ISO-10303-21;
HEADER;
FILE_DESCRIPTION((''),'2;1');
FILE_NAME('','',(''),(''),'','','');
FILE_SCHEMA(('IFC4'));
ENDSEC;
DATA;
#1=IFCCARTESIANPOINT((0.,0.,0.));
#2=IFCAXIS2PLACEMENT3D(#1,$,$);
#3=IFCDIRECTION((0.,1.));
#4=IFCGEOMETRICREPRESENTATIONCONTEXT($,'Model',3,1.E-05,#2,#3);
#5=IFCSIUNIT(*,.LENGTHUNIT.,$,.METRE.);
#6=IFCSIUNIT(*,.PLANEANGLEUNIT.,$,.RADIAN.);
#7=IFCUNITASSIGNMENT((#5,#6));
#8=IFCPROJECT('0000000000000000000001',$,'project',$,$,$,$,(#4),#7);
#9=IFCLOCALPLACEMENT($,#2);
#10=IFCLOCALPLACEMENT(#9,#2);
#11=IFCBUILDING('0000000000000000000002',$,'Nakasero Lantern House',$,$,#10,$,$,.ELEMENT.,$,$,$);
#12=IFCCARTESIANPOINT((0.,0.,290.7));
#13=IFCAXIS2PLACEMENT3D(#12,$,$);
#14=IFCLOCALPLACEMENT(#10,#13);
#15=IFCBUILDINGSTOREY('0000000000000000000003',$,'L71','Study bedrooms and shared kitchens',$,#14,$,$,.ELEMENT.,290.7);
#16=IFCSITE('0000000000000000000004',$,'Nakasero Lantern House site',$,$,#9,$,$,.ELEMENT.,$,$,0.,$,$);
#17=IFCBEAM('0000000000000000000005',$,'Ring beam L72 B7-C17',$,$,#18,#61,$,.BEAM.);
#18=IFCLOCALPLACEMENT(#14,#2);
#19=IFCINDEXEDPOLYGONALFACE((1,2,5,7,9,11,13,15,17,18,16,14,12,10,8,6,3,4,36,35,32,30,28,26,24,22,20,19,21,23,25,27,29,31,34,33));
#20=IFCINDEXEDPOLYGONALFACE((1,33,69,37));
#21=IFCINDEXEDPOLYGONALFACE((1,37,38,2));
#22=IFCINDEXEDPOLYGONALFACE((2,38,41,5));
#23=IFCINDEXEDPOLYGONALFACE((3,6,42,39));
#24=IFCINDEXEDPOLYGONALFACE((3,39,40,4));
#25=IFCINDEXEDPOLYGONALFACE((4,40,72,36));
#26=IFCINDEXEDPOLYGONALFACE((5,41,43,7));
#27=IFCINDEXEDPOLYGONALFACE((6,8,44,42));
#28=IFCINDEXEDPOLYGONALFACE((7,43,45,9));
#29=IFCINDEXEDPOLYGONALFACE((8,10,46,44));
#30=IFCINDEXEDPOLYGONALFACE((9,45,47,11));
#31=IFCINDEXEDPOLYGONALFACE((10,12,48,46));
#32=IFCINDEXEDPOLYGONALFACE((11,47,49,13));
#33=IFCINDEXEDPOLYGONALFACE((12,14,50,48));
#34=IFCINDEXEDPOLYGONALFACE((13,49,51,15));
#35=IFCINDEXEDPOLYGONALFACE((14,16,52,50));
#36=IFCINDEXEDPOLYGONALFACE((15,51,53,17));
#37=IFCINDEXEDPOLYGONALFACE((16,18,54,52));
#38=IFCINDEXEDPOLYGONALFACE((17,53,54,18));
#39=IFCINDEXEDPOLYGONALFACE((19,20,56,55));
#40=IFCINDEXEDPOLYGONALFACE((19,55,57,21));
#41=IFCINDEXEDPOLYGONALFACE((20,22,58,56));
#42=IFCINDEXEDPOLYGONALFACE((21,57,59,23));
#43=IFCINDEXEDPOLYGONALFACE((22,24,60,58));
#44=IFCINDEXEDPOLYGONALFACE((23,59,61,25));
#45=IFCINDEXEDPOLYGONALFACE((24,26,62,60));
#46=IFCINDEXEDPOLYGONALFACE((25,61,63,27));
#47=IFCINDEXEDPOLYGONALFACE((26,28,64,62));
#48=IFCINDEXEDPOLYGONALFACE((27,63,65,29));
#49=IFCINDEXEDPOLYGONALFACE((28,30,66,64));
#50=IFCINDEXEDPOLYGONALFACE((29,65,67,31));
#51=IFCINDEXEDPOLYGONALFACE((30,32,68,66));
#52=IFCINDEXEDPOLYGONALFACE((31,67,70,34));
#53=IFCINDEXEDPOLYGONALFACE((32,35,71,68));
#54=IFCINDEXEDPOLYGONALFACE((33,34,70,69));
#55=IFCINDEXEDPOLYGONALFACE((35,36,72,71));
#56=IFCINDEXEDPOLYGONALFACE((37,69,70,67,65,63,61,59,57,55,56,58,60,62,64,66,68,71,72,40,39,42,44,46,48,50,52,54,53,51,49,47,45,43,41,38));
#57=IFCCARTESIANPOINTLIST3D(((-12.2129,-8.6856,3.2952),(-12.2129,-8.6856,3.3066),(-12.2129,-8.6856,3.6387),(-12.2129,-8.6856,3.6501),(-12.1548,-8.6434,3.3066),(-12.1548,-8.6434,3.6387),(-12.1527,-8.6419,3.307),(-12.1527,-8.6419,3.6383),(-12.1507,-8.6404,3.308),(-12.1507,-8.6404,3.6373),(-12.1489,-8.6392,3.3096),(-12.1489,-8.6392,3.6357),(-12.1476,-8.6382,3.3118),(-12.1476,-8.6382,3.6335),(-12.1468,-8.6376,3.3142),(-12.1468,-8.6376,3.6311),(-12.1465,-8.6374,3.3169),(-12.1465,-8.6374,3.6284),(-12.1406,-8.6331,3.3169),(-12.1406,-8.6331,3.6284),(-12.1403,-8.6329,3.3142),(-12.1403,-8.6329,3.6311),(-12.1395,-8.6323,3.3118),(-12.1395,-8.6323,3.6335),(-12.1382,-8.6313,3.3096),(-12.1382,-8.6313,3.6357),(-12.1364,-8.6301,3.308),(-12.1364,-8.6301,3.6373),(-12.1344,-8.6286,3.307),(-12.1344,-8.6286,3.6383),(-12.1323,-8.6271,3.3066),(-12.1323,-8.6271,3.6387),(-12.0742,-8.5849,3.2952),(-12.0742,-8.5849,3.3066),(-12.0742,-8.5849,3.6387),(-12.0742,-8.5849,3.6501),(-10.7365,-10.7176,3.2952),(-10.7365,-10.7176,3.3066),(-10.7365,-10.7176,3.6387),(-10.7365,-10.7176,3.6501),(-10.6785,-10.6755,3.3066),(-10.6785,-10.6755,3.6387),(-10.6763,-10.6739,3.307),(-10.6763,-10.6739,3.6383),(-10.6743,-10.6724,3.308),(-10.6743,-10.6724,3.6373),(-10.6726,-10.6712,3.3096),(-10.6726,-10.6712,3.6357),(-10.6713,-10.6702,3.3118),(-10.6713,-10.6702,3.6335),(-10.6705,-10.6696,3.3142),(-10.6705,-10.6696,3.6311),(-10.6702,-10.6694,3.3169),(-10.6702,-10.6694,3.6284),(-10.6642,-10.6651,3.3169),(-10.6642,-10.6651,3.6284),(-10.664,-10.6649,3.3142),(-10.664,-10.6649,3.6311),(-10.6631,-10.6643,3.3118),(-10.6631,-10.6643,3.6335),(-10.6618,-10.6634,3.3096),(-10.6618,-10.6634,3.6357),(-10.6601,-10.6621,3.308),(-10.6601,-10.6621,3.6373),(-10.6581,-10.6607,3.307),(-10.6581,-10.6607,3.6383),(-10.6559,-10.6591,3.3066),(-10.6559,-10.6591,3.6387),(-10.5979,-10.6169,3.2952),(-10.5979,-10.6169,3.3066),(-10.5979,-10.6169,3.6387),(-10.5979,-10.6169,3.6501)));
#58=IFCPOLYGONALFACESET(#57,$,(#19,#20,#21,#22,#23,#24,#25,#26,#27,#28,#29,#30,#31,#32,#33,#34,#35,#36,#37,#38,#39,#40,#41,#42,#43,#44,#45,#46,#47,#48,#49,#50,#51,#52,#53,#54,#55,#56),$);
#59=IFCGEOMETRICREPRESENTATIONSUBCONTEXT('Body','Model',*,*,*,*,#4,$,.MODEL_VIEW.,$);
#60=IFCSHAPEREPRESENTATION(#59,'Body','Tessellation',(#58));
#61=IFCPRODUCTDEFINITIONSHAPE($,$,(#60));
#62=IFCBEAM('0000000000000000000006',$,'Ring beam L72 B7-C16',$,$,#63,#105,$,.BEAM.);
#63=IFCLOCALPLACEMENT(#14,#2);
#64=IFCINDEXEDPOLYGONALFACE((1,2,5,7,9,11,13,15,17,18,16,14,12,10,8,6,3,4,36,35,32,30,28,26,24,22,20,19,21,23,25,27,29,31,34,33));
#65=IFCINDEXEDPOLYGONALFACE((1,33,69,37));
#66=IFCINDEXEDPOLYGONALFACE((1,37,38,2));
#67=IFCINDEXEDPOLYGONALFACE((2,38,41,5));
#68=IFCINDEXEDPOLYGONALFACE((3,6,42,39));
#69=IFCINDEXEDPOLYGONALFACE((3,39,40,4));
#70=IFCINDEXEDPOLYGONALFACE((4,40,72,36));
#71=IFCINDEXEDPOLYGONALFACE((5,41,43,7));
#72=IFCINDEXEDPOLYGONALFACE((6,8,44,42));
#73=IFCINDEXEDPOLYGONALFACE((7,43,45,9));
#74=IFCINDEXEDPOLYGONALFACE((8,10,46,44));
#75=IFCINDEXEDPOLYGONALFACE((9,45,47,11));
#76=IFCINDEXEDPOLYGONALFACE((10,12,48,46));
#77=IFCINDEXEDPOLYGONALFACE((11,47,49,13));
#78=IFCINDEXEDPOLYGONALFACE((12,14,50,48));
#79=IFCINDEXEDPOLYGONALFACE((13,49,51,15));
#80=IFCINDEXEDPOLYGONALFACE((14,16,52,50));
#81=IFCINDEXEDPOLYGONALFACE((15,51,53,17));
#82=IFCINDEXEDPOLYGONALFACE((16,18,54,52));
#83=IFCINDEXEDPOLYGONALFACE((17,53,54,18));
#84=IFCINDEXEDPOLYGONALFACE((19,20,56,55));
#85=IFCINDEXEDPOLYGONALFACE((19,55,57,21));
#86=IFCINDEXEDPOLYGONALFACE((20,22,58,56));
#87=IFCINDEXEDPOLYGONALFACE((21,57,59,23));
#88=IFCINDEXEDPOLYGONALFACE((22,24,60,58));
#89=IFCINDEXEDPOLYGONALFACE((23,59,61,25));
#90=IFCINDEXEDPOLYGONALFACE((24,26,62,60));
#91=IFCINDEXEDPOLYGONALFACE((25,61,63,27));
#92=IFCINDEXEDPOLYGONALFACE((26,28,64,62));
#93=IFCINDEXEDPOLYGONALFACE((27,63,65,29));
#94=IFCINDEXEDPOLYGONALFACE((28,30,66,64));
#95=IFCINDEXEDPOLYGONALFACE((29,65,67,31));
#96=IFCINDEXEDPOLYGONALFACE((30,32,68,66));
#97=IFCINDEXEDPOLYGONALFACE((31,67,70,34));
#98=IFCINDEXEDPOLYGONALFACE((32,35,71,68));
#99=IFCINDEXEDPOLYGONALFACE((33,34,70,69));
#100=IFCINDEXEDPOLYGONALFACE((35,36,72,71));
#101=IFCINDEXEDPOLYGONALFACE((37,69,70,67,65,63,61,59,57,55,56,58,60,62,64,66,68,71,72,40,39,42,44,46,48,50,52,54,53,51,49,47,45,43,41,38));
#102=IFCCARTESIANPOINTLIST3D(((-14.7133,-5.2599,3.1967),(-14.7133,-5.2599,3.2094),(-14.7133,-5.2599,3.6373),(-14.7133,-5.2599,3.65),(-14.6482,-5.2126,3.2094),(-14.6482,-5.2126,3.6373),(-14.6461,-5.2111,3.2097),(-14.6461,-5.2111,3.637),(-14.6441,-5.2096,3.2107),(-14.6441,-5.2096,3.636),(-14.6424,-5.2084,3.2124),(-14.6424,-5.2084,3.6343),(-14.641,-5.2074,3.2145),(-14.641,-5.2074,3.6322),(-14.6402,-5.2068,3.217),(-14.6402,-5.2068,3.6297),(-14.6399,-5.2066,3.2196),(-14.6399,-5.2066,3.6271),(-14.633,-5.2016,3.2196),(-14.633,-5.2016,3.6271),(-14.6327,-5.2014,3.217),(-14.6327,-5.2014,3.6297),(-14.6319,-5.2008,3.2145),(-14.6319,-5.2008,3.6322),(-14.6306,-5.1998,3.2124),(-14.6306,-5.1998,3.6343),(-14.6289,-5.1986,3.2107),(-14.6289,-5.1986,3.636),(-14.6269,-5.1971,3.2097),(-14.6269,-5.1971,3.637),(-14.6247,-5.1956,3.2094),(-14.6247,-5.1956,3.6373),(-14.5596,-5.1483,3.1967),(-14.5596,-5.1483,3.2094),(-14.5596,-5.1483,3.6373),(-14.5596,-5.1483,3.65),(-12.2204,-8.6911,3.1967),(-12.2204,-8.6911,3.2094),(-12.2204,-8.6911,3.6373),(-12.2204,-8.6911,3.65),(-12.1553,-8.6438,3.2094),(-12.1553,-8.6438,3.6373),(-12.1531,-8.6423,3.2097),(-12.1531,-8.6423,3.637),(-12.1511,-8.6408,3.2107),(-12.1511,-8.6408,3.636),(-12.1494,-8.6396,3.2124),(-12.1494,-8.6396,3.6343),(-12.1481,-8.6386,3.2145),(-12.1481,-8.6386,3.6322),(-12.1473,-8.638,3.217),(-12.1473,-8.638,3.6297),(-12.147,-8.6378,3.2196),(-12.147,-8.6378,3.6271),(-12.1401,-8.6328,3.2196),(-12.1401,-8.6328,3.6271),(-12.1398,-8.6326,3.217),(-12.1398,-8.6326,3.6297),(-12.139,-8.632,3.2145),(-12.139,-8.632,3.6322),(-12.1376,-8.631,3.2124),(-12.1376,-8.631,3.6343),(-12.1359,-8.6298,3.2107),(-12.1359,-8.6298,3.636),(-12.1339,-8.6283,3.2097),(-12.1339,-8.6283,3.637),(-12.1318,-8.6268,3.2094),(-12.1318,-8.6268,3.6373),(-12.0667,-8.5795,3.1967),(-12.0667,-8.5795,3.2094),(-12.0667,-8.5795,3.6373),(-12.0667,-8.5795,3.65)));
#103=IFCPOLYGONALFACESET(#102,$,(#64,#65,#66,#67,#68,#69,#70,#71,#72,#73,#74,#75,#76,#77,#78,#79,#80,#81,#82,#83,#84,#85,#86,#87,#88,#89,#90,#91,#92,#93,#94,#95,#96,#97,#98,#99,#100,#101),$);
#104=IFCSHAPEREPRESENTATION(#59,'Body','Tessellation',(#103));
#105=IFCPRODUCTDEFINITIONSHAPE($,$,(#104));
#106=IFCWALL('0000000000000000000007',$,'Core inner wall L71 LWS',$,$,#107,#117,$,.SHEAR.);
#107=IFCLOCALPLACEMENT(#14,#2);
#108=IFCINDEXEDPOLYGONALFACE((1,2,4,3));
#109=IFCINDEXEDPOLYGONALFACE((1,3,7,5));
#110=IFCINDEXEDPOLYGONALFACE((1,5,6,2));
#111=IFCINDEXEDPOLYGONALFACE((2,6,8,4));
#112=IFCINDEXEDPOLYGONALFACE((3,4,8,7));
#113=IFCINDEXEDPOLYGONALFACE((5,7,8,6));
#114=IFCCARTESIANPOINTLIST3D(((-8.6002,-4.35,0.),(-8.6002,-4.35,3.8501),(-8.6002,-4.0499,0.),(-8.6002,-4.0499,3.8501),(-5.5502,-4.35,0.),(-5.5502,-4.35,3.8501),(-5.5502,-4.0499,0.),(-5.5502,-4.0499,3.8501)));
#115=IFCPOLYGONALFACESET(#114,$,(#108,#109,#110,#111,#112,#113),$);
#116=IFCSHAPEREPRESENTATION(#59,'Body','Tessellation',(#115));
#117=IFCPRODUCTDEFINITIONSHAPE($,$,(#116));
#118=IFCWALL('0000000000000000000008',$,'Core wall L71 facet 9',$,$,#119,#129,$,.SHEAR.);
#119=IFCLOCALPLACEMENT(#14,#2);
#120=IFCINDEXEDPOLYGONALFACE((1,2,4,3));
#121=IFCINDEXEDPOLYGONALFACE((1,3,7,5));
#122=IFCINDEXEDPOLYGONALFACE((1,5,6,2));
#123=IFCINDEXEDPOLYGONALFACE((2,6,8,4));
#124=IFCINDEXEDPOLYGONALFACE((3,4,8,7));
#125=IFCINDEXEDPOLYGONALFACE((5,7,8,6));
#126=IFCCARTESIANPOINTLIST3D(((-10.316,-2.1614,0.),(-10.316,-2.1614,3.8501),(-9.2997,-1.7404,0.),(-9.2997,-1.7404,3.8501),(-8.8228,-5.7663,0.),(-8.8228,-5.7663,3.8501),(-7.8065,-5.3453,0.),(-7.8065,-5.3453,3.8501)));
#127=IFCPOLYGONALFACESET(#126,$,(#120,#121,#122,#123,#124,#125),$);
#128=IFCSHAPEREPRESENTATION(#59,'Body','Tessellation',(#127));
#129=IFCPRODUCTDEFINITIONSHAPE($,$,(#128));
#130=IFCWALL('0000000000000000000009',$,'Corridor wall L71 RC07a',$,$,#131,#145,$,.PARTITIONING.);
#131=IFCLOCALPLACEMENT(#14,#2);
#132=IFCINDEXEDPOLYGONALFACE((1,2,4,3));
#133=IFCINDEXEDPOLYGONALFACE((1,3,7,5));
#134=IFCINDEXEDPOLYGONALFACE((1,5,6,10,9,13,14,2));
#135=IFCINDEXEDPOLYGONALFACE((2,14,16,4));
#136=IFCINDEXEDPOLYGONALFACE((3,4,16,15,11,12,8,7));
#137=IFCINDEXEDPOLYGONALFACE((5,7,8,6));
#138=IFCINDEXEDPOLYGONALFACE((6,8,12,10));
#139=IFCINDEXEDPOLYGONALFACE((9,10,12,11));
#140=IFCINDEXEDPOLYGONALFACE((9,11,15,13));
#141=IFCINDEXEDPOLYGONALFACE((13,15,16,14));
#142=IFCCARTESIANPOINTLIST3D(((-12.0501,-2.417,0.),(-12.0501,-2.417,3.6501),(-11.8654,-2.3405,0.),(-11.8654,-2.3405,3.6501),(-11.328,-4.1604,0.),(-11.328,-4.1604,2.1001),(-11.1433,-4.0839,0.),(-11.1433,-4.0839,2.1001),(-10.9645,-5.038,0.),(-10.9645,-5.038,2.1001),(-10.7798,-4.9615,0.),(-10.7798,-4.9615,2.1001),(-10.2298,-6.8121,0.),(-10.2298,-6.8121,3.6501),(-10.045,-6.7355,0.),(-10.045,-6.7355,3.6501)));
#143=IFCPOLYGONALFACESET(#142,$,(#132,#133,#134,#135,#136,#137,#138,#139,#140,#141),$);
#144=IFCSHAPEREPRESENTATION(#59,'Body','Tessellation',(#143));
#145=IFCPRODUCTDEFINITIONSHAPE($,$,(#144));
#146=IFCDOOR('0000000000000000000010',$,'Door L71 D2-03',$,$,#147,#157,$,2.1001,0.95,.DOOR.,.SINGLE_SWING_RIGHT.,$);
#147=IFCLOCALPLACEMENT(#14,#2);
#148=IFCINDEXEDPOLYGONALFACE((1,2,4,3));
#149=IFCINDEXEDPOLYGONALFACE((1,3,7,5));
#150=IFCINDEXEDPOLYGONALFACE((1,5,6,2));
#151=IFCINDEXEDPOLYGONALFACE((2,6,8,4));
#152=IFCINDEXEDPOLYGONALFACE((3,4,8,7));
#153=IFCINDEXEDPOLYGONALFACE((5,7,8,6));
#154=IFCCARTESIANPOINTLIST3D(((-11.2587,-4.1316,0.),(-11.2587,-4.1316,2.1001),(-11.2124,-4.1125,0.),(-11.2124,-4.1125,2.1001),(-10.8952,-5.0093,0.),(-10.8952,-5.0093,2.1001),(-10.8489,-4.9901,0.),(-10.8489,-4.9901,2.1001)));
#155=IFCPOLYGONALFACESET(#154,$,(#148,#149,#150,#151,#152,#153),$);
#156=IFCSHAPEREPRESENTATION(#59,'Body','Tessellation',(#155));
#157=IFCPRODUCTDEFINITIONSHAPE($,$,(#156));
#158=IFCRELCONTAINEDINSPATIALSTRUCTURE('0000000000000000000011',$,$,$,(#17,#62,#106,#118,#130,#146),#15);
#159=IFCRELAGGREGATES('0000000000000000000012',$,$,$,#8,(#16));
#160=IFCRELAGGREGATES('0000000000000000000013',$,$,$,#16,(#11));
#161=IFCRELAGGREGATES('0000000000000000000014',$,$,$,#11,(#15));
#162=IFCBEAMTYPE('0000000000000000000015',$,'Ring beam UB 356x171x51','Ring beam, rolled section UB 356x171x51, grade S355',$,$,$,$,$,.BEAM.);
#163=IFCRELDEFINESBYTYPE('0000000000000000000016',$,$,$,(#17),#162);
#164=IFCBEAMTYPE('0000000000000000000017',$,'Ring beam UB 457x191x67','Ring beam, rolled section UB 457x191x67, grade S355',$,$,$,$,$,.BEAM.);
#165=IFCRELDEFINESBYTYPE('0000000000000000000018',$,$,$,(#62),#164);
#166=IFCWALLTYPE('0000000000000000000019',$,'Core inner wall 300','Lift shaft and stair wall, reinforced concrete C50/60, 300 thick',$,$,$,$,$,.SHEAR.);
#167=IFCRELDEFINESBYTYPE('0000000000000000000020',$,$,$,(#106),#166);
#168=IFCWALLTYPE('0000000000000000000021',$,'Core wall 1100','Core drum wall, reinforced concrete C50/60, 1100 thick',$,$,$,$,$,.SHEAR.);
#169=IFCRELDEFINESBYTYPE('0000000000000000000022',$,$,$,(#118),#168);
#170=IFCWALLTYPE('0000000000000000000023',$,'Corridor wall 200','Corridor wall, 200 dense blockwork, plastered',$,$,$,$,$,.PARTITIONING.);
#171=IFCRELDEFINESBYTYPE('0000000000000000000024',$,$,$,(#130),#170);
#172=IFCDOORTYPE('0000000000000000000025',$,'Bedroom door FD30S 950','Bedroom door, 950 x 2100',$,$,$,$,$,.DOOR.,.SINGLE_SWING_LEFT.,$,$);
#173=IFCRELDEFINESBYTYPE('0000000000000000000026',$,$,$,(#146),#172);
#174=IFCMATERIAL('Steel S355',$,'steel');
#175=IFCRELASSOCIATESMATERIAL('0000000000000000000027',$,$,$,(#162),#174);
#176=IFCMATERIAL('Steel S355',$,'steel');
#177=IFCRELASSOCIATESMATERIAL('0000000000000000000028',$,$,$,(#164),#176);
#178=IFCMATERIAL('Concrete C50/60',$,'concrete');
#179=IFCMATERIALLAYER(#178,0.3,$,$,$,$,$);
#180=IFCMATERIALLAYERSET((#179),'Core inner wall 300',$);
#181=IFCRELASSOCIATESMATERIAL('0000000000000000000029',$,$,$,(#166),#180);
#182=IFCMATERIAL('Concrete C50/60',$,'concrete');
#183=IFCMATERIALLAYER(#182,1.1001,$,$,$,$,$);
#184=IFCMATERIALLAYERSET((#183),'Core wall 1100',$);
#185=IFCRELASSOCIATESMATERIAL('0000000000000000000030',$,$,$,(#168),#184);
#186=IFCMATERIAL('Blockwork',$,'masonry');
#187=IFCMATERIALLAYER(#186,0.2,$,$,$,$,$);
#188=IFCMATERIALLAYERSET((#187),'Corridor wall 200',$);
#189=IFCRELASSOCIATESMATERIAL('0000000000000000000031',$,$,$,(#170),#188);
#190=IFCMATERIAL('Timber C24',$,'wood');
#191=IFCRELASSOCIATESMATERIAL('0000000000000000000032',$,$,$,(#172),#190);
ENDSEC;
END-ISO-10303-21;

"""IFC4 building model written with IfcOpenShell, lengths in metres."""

from ifc_helpers import new_model, si_unit, direction, frame, frame_2d, origin, origin_2d, place, context, subcontext, project, spatial, rectangle, i_section, extrude, material, layer, layer_set, material_profile, profile_set, type_object, element, fill, save


model = new_model("IFC4")

# Units and contexts
model_context = context("Model", 3, precision=1e-05, world=origin(), true_north=direction((0.0, 1.0)))
body_context = subcontext(model_context, "Body", "Model", "MODEL_VIEW")
ifc_project = project(units=[si_unit("LENGTHUNIT", "METRE"), si_unit("PLANEANGLEUNIT", "RADIAN")], contexts=[model_context])

# Site, building, storey
site_placement = place(None, origin())
site = spatial("IfcSite", under=ifc_project, at=site_placement, Name="Nakasero Lantern House site", CompositionType="ELEMENT", RefElevation=0.0)
building_placement = place(site_placement, origin())
building = spatial("IfcBuilding", under=site, at=building_placement, Name="Nakasero Lantern House", CompositionType="ELEMENT")
storey_placement = place(building_placement, frame((0.0, 0.0, 290.7)))
storey = spatial("IfcBuildingStorey", under=building, at=storey_placement, Name="L71", Description="Study bedrooms and shared kitchens", CompositionType="ELEMENT", Elevation=290.7)

# Beams
ifc_material_1 = material(Name="Steel S355", Category="steel")
ifc_material_profile_1 = material_profile(ifc_material_1, i_section(OverallWidth=0.1714, OverallDepth=0.355, WebThickness=0.0073, FlangeThickness=0.0115, FilletRadius=0.0103, at=origin_2d()), Name="UB 356x171x51")
ifc_profile_set_1 = profile_set([ifc_material_profile_1], Name="Steel S355")
beam_type_1 = type_object("IfcBeamType", Name="Ring beam UB 356x171x51", Description="Ring beam, rolled section UB 356x171x51, grade S355", PredefinedType="BEAM", material=ifc_profile_set_1)
beam_1_placement = place(storey_placement, frame((-12.1436, -8.6353, 3.4727), z_axis=(0.587784, -0.809018, 0.0), x_axis=(0.809018, 0.587784, 0.0)))
element("IfcBeam", 1, at=beam_1_placement, inside=storey, type_object=beam_type_1, Name="Ring beam L72 B7-C17", PredefinedType="BEAM", context=body_context, shape_type="SweptSolid", body=[
    extrude(i_section(OverallWidth=0.1714, OverallDepth=0.355, WebThickness=0.0073, FlangeThickness=0.0115, FilletRadius=0.0103, at=origin_2d()), origin(), (0.0, 0.0, 1.0), 2.5117),
])
ifc_material_2 = material(Name="Steel S355", Category="steel")
ifc_material_profile_2 = material_profile(ifc_material_2, i_section(OverallWidth=0.1899, OverallDepth=0.4534, WebThickness=0.0085, FlangeThickness=0.0127, FilletRadius=0.0103, at=origin_2d()), Name="UB 457x191x67")
ifc_profile_set_2 = profile_set([ifc_material_profile_2], Name="Steel S355")
beam_type_2 = type_object("IfcBeamType", Name="Ring beam UB 457x191x67", Description="Ring beam, rolled section UB 457x191x67, grade S355", PredefinedType="BEAM", material=ifc_profile_set_2)
beam_2_placement = place(storey_placement, frame((-14.6365, -5.2041, 3.4233), z_axis=(0.587792, -0.809012, 0.0), x_axis=(0.809012, 0.587792, 0.0)))
element("IfcBeam", 2, at=beam_2_placement, inside=storey, type_object=beam_type_2, Name="Ring beam L72 B7-C16", PredefinedType="BEAM", context=body_context, shape_type="SweptSolid", body=[
    extrude(i_section(OverallWidth=0.1899, OverallDepth=0.4534, WebThickness=0.0085, FlangeThickness=0.0127, FilletRadius=0.0103, at=origin_2d()), origin(), (0.0, 0.0, 1.0), 4.2412),
])

# Walls
ifc_material_3 = material(Name="Concrete C50/60", Category="concrete")
ifc_layer_1 = layer(ifc_material_3, 0.3)
ifc_layer_set_1 = layer_set([ifc_layer_1], Name="Core inner wall 300")
wall_type_1 = type_object("IfcWallType", Name="Core inner wall 300", Description="Lift shaft and stair wall, reinforced concrete C50/60, 300 thick", PredefinedType="SHEAR", material=ifc_layer_set_1)
wall_1_placement = place(storey_placement, frame((-8.6001, -4.2, 0.0), z_axis=(0.0, 0.0, 1.0), x_axis=(1.0, 0.0, 0.0)))
element("IfcWall", 3, at=wall_1_placement, inside=storey, type_object=wall_type_1, Name="Core inner wall L71 LWS", PredefinedType="SHEAR", context=body_context, shape_type="SweptSolid", body=[
    extrude(rectangle(XDim=3.05, YDim=0.3, at=frame_2d((1.5249, 0.0))), origin(), (0.0, 0.0, 1.0), 3.8501),
])
ifc_material_4 = material(Name="Concrete C50/60", Category="concrete")
ifc_layer_2 = layer(ifc_material_4, 1.1001)
ifc_layer_set_2 = layer_set([ifc_layer_2], Name="Core wall 1100")
wall_type_2 = type_object("IfcWallType", Name="Core wall 1100", Description="Core drum wall, reinforced concrete C50/60, 1100 thick", PredefinedType="SHEAR", material=ifc_layer_set_2)
wall_2_placement = place(storey_placement, frame((-9.8079, -1.9509, 0.0), z_axis=(0.0, 0.0, 1.0), x_axis=(0.382691, -0.923877, 0.0)))
element("IfcWall", 4, at=wall_2_placement, inside=storey, type_object=wall_type_2, Name="Core wall L71 facet 9", PredefinedType="SHEAR", context=body_context, shape_type="SweptSolid", body=[
    extrude(rectangle(XDim=3.9019, YDim=1.1001, at=frame_2d((1.9509, 0.0))), origin(), (0.0, 0.0, 1.0), 3.8501),
])

# Wall, opening, door
ifc_material_5 = material(Name="Blockwork", Category="masonry")
ifc_layer_3 = layer(ifc_material_5, 0.2)
ifc_layer_set_3 = layer_set([ifc_layer_3], Name="Corridor wall 200")
wall_type_3 = type_object("IfcWallType", Name="Corridor wall 200", Description="Corridor wall, 200 dense blockwork, plastered", PredefinedType="PARTITIONING", material=ifc_layer_set_3)
wall_3_placement = place(storey_placement, frame((-10.1375, -6.7737, 0.0), z_axis=(0.0, 0.0, 1.0), x_axis=(-0.382654, 0.923892, 0.0)))
wall_3 = element("IfcWall", 5, at=wall_3_placement, inside=storey, type_object=wall_type_3, Name="Corridor wall L71 RC07a", PredefinedType="PARTITIONING", context=body_context, shape_type="SweptSolid", body=[
    extrude(rectangle(XDim=4.7571, YDim=0.2, at=frame_2d((2.3784, 0.0))), origin(), (0.0, 0.0, 1.0), 3.6501),
])
opening_1_placement = place(wall_3_placement, frame((1.9199, 0.0, 0.0)))
opening_1 = element("IfcOpeningElement", 6, at=opening_1_placement, cuts=wall_3, PredefinedType="OPENING", context=body_context, shape_type="SweptSolid", body=[
    extrude(rectangle(XDim=0.95, YDim=2.1001, at=frame_2d((0.4751, 1.05))), frame((0.0, 0.1199, 0.0), z_axis=(0.0, -1.0, 0.0), x_axis=(1.0, 0.0, 0.0)), (0.0, 0.0, 1.0), 0.24),
])
ifc_material_6 = material(Name="Timber C24", Category="wood")
door_type_1 = type_object("IfcDoorType", Name="Bedroom door FD30S 950", Description="Bedroom door, 950 x 2100", OperationType="SINGLE_SWING_LEFT", PredefinedType="DOOR", material=ifc_material_6)
door_1_placement = place(opening_1_placement, origin())
door_1 = element("IfcDoor", 7, at=door_1_placement, inside=storey, type_object=door_type_1, Name="Door L71 D2-03", OperationType="SINGLE_SWING_RIGHT", OverallHeight=2.1001, OverallWidth=0.95, PredefinedType="DOOR", context=body_context, shape_type="SweptSolid", body=[
    extrude(rectangle(XDim=0.95, YDim=2.1001, at=frame_2d((0.4751, 1.05))), frame((0.0, 0.0249, 0.0), z_axis=(0.0, -1.0, 0.0), x_axis=(1.0, 0.0, 0.0)), (0.0, 0.0, 1.0), 0.05),
])
fill(opening_1, door_1)

save(model, "model.ifc")
